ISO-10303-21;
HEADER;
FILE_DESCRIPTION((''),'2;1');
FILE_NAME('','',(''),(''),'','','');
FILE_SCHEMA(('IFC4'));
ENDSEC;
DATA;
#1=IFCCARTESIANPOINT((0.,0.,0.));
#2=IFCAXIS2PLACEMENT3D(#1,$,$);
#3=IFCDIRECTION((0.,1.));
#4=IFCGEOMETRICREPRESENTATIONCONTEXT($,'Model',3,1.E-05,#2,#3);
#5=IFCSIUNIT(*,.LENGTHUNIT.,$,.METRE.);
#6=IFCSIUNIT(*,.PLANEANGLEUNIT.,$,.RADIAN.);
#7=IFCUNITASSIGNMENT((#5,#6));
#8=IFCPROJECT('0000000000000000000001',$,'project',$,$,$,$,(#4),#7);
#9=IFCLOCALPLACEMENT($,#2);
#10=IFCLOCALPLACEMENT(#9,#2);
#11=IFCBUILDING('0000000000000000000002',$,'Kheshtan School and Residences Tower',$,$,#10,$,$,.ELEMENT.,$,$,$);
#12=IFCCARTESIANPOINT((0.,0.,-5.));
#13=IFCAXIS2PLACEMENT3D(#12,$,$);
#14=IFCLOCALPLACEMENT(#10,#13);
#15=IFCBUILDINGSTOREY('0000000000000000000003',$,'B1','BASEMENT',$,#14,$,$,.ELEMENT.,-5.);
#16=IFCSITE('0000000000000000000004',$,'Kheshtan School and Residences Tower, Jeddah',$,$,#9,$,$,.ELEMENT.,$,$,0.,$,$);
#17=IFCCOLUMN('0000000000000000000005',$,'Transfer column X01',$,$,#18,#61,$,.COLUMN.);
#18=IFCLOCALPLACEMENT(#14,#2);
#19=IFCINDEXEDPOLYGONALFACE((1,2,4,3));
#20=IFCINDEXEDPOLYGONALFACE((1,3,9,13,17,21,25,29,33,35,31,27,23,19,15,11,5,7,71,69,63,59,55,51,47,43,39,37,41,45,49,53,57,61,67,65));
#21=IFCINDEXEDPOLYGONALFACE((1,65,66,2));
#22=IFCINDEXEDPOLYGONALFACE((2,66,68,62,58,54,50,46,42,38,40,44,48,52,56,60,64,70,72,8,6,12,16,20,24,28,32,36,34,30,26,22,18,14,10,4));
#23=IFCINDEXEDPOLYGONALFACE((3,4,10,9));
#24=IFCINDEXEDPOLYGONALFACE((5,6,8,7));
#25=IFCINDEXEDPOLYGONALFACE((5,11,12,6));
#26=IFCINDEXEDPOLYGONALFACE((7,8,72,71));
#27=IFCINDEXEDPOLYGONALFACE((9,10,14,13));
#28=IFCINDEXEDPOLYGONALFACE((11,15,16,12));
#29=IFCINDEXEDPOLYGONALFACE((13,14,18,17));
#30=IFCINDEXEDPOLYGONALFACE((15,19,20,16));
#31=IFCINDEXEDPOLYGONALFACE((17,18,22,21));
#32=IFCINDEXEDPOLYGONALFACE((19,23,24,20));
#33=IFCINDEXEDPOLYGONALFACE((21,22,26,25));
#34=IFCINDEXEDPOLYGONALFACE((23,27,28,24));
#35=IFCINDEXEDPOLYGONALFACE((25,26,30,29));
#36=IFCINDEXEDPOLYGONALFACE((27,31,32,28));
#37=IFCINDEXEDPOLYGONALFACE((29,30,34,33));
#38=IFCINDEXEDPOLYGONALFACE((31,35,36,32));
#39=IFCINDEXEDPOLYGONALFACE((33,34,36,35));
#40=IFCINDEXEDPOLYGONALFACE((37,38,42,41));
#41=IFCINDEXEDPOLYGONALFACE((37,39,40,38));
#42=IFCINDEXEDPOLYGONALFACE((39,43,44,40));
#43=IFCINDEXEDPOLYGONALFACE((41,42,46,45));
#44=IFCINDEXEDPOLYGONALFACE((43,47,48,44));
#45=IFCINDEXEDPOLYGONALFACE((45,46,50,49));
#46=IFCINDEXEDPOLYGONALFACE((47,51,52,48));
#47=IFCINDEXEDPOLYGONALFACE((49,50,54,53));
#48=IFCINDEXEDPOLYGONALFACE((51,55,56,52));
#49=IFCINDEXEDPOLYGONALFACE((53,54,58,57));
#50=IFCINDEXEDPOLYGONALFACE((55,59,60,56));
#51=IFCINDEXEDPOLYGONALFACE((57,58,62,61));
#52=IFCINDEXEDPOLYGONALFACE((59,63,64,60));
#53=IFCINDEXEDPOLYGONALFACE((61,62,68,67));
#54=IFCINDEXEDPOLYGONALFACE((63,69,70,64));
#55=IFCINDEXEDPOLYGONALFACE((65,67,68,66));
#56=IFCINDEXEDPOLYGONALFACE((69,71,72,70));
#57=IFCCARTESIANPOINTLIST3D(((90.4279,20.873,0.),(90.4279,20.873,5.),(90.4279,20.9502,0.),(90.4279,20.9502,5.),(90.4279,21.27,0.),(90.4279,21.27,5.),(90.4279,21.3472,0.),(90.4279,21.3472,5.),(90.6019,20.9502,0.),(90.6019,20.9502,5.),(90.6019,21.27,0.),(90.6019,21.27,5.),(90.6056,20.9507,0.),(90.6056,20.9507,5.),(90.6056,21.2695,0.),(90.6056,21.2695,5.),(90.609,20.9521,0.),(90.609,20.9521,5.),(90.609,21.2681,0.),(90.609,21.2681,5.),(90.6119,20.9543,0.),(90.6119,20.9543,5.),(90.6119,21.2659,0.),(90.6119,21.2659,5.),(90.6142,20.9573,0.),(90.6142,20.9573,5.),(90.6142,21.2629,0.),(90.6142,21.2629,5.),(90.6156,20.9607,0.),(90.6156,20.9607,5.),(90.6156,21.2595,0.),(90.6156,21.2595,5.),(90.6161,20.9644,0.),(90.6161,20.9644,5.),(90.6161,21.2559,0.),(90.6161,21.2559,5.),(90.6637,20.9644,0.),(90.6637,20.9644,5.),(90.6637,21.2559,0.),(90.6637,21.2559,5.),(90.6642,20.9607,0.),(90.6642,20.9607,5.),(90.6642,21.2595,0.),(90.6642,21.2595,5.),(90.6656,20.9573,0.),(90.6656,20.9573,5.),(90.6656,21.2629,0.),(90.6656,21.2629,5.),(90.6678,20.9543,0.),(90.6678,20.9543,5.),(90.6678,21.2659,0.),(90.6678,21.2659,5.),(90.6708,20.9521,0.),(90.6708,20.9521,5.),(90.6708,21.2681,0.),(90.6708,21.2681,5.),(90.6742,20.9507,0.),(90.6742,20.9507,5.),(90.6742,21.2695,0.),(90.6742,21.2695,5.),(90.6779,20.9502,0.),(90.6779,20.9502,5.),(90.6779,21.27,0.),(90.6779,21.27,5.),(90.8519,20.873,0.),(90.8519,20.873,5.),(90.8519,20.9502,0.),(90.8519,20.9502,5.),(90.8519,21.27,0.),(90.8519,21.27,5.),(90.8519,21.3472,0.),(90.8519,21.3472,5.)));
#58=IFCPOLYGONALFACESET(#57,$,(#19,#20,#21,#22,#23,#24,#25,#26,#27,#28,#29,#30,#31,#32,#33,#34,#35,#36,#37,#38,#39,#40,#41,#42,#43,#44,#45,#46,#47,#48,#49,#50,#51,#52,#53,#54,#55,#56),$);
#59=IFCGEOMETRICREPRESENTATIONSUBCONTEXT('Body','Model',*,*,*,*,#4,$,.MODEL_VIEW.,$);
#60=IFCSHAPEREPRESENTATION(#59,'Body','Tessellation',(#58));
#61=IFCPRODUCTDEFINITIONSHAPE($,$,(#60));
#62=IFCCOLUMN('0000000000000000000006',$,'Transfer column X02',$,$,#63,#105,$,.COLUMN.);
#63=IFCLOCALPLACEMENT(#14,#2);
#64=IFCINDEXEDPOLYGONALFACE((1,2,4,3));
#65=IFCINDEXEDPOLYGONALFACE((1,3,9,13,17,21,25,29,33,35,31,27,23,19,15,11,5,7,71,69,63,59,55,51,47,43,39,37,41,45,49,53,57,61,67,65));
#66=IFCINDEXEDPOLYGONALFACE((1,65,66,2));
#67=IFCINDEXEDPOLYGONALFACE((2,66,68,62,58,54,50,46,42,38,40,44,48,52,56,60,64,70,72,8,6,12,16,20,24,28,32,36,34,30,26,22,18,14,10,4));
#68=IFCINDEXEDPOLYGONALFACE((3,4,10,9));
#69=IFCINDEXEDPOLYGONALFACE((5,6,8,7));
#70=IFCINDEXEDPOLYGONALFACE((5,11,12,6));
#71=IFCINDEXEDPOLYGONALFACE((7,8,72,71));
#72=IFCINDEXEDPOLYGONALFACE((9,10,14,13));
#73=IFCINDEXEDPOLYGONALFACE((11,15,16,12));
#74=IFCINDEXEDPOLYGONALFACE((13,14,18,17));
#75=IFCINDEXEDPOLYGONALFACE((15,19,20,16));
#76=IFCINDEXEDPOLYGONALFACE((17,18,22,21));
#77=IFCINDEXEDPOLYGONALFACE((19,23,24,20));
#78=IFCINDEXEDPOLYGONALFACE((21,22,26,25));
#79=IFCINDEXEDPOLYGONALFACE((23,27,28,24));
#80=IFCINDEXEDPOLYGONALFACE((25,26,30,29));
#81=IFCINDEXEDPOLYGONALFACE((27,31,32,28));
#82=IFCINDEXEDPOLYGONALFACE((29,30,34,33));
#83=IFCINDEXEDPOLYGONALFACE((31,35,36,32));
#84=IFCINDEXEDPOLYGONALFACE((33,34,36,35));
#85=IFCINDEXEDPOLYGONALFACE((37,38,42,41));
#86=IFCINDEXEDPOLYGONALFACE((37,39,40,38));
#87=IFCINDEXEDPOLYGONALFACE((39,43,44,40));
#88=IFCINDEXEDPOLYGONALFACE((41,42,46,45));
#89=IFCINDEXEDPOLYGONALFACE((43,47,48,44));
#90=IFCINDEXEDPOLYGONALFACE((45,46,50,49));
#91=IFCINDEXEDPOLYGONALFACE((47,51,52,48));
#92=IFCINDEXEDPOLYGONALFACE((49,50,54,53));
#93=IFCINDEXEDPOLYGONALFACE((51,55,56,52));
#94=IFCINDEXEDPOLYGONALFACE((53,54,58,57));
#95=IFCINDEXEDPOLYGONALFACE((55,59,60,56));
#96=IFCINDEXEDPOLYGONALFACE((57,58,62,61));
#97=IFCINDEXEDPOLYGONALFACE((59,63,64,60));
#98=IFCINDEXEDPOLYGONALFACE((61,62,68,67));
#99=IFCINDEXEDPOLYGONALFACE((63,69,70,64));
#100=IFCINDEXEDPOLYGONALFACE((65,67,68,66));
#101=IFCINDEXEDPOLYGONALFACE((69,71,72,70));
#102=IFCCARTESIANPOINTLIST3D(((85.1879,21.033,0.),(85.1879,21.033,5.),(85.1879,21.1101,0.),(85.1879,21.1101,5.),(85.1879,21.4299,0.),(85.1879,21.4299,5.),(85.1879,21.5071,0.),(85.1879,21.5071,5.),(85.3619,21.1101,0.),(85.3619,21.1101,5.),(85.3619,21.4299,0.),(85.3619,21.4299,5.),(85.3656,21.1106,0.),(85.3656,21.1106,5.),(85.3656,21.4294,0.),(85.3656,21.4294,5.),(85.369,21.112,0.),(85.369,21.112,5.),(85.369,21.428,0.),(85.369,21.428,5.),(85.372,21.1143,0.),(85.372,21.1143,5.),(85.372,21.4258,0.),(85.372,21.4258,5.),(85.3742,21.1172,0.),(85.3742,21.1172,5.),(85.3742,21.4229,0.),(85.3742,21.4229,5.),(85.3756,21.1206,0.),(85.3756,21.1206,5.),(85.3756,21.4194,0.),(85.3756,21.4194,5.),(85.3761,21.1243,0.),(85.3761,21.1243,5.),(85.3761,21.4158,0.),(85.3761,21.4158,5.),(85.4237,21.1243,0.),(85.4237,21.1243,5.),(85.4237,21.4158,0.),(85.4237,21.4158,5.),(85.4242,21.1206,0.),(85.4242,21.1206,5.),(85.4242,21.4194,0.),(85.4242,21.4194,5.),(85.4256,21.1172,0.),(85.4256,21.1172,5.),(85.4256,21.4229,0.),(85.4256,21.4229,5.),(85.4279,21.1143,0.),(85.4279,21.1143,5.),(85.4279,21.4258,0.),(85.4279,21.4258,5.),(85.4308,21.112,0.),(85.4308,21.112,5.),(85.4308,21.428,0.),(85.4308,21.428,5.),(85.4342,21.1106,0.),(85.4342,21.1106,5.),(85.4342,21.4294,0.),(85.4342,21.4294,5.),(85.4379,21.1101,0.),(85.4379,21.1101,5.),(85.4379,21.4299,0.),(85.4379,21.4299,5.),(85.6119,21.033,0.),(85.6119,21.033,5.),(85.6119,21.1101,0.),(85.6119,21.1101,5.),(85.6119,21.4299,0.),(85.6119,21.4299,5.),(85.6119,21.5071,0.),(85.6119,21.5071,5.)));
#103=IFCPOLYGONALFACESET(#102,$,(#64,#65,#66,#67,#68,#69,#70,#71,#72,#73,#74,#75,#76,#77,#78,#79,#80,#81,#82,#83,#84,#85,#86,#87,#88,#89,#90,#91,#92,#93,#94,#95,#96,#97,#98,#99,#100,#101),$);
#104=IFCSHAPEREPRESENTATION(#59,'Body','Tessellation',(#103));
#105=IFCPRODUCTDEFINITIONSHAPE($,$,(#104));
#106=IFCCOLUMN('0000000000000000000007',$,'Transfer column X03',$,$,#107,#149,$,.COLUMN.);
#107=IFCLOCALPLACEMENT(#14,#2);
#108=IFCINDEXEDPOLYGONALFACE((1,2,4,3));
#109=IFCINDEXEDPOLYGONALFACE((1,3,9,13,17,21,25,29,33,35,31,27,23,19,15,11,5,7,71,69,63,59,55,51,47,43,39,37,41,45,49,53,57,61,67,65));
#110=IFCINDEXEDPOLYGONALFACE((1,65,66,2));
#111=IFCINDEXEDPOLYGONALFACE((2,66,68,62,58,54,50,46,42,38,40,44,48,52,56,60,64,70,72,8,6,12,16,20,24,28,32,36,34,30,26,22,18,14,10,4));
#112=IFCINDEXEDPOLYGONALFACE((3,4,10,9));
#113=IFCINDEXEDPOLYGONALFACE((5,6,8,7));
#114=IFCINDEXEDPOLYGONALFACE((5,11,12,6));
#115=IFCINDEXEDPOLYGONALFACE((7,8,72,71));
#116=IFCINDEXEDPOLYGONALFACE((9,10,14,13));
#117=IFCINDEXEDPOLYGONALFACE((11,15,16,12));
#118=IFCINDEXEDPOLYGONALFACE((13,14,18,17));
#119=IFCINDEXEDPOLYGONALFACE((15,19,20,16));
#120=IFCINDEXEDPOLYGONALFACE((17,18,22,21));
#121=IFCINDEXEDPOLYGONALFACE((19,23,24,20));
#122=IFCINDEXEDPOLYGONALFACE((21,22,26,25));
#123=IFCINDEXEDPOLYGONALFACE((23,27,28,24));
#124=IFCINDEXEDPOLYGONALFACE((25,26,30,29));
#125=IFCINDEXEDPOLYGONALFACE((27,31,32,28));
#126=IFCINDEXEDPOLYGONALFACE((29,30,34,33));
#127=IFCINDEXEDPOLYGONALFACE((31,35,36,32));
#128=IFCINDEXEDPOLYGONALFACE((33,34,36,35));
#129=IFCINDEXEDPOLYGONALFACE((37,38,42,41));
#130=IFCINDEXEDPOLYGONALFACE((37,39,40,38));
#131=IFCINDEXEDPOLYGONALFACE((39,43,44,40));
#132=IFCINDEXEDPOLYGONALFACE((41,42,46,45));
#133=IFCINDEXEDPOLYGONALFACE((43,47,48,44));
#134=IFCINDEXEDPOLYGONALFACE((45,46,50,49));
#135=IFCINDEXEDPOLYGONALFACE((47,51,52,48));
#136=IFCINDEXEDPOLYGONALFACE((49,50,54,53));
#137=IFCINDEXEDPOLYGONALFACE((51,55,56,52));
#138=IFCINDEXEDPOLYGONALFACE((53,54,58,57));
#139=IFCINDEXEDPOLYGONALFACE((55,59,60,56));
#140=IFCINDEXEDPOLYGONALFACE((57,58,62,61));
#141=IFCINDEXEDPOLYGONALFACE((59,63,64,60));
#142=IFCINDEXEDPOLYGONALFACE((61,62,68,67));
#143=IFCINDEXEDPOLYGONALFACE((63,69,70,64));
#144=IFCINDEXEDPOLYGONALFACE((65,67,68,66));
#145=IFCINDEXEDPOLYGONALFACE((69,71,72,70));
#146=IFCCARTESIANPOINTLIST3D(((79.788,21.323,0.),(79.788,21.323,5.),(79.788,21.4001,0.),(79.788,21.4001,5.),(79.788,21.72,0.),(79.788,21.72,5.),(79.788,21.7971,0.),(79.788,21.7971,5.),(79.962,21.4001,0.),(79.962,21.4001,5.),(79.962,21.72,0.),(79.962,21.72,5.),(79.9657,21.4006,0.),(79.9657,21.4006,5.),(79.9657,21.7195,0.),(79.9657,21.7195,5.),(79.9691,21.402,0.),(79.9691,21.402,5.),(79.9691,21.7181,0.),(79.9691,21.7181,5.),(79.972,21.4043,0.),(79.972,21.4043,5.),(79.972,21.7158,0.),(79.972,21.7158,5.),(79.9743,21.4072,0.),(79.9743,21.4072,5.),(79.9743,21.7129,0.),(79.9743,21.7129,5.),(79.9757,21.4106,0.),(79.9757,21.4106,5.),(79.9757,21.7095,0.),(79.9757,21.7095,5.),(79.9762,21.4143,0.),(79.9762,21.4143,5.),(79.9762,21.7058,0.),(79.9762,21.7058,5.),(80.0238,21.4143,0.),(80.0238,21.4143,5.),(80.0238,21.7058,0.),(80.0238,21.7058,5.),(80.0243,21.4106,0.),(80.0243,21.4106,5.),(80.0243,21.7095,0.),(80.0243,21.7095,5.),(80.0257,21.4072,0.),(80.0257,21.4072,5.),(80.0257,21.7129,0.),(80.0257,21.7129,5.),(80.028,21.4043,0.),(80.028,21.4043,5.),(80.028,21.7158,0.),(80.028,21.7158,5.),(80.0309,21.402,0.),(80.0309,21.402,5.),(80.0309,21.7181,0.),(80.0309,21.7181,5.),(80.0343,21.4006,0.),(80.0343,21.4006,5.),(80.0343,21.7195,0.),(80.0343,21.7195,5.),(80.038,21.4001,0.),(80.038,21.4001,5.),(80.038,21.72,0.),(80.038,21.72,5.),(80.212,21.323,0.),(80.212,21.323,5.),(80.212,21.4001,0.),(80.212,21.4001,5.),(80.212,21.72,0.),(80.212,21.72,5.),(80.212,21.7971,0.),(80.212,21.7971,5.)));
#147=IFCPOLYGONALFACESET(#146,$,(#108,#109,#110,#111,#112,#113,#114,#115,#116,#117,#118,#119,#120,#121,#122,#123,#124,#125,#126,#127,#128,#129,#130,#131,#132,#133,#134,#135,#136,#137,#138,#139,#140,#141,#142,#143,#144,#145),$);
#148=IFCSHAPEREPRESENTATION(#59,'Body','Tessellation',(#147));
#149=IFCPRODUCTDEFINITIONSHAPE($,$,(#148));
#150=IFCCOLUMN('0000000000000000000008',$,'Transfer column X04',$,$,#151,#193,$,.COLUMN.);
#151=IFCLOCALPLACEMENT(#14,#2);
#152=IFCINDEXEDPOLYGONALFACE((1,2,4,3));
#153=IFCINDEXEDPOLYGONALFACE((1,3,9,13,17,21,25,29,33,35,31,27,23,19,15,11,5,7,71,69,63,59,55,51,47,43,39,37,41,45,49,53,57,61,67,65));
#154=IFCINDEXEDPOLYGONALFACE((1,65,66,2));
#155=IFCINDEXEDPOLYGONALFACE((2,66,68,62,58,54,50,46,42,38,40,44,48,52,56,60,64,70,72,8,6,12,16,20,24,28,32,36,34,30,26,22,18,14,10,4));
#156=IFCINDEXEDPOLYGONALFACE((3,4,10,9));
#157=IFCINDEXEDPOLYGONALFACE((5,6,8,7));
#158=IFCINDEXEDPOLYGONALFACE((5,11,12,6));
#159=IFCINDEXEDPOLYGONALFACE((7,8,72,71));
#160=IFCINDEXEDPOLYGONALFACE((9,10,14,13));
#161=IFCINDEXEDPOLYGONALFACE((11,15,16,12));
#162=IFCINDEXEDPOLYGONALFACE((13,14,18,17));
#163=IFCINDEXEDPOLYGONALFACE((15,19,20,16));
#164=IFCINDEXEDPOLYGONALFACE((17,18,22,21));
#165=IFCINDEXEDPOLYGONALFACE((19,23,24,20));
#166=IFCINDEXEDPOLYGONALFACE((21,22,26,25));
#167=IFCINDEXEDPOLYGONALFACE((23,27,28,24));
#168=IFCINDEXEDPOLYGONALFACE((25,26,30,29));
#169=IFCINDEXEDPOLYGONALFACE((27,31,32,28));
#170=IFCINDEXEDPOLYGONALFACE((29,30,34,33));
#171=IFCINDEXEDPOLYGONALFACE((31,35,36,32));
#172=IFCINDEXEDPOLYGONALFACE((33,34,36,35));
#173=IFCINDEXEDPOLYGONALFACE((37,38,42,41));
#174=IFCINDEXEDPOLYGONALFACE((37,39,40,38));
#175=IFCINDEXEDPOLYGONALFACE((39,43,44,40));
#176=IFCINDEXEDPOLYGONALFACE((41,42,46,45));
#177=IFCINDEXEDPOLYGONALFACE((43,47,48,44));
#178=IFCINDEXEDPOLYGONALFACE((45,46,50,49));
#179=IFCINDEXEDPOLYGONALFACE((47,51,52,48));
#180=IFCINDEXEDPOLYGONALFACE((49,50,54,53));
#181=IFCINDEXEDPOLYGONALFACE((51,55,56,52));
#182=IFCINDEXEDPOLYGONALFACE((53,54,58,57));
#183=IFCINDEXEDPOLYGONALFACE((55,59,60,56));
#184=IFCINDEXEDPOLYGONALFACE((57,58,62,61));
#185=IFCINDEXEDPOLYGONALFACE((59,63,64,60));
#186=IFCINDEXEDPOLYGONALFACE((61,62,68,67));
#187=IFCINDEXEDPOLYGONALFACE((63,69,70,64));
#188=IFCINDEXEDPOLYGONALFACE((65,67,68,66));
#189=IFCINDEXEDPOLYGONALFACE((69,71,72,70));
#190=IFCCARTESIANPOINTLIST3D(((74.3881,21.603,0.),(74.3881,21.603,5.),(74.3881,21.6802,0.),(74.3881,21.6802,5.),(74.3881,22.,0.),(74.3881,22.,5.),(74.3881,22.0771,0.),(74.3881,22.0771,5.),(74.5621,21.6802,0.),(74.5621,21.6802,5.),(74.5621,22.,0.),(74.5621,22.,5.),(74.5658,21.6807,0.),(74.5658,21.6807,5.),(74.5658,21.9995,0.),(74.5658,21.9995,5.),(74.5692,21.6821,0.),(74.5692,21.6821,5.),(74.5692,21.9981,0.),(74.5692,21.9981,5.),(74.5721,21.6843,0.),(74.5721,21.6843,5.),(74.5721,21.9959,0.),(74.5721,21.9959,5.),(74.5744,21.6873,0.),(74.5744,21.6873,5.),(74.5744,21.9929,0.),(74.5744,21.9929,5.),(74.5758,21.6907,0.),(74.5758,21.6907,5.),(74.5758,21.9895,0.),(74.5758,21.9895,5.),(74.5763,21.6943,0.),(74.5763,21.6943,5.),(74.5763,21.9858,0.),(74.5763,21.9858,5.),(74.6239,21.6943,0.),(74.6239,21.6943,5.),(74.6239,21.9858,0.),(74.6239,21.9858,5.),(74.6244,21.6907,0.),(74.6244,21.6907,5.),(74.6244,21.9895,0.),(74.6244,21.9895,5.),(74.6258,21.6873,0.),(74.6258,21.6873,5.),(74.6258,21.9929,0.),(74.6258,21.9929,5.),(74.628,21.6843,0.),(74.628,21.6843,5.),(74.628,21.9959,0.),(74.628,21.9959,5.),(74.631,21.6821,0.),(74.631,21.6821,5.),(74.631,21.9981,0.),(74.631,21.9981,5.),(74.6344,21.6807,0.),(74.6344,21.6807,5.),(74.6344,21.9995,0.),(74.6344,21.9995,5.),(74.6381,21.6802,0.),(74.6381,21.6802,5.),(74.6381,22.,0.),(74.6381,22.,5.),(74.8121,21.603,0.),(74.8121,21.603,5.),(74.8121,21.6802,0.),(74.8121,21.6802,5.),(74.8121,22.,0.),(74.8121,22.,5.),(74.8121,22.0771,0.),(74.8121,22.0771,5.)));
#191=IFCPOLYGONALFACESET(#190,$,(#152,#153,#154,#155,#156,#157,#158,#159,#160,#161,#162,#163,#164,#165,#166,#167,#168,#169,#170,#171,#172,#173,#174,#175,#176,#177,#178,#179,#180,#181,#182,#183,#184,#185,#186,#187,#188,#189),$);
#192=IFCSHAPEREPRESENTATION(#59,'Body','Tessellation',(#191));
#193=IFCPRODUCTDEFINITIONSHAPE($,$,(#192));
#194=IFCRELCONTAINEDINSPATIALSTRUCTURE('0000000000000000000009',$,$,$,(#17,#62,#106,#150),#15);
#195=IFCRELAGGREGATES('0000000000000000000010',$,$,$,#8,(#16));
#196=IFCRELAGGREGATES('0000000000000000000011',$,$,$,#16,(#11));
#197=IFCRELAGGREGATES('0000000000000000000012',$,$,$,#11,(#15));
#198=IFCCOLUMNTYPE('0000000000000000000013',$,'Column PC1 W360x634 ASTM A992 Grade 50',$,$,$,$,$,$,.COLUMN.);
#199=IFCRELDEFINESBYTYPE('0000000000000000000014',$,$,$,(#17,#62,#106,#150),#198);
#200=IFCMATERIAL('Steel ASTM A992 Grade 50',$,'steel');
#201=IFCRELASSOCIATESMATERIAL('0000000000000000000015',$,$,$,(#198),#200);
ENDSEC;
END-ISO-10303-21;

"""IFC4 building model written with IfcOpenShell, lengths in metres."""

from ifc_helpers import new_model, si_unit, direction, frame, origin, origin_2d, place, context, subcontext, project, spatial, i_section, extrude, material, material_profile, profile_set, type_object, element, save


model = new_model("IFC4")

# Units and contexts
model_context = context("Model", 3, precision=1e-05, world=origin(), true_north=direction((0.0, 1.0)))
body_context = subcontext(model_context, "Body", "Model", "MODEL_VIEW")
ifc_project = project(units=[si_unit("LENGTHUNIT", "METRE"), si_unit("PLANEANGLEUNIT", "RADIAN")], contexts=[model_context])

# Site, building, storey
site_placement = place(None, origin())
site = spatial("IfcSite", under=ifc_project, at=site_placement, Name="Kheshtan School and Residences Tower, Jeddah", CompositionType="ELEMENT", RefElevation=0.0)
building_placement = place(site_placement, origin())
building = spatial("IfcBuilding", under=site, at=building_placement, Name="Kheshtan School and Residences Tower", CompositionType="ELEMENT")
storey_placement = place(building_placement, frame((0.0, 0.0, -5.0)))
storey = spatial("IfcBuildingStorey", under=building, at=storey_placement, Name="B1", Description="BASEMENT", CompositionType="ELEMENT", Elevation=-5.0)

# Columns
ifc_material_1 = material(Name="Steel ASTM A992 Grade 50", Category="steel")
ifc_material_profile = material_profile(ifc_material_1, i_section(OverallWidth=0.4241, OverallDepth=0.4741, WebThickness=0.0476, FlangeThickness=0.0771, FilletRadius=0.0142, at=origin_2d()), Name="W360x634")
ifc_profile_set = profile_set([ifc_material_profile], Name="Steel ASTM A992 Grade 50")
column_type = type_object("IfcColumnType", Name="Column PC1 W360x634 ASTM A992 Grade 50", PredefinedType="COLUMN", material=ifc_profile_set)
for number, where, z_axis, x_axis, name in (
    (1, (90.6399, 21.1101, 0.0), (0.0, 0.0, 1.0), (1.0, 0.0, 0.0), "Transfer column X01"),
    (2, (85.3999, 21.27, 0.0), (0.0, 0.0, 1.0), (1.0, 0.0, 0.0), "Transfer column X02"),
    (3, (80.0, 21.5601, 0.0), (0.0, 0.0, 1.0), (1.0, 0.0, 0.0), "Transfer column X03"),
    (4, (74.6001, 21.8401, 0.0), (0.0, 0.0, 1.0), (1.0, 0.0, 0.0), "Transfer column X04"),
):
    element("IfcColumn", number, at=place(storey_placement, frame(where, z_axis=z_axis, x_axis=x_axis)), inside=storey, type_object=column_type, Name=name, PredefinedType="COLUMN", context=body_context, shape_type="SweptSolid", body=[
        extrude(i_section(OverallWidth=0.4241, OverallDepth=0.4741, WebThickness=0.0476, FlangeThickness=0.0771, FilletRadius=0.0142, at=origin_2d()), origin(), (0.0, 0.0, 1.0), 5.0),
    ])

save(model, "model.ifc")
